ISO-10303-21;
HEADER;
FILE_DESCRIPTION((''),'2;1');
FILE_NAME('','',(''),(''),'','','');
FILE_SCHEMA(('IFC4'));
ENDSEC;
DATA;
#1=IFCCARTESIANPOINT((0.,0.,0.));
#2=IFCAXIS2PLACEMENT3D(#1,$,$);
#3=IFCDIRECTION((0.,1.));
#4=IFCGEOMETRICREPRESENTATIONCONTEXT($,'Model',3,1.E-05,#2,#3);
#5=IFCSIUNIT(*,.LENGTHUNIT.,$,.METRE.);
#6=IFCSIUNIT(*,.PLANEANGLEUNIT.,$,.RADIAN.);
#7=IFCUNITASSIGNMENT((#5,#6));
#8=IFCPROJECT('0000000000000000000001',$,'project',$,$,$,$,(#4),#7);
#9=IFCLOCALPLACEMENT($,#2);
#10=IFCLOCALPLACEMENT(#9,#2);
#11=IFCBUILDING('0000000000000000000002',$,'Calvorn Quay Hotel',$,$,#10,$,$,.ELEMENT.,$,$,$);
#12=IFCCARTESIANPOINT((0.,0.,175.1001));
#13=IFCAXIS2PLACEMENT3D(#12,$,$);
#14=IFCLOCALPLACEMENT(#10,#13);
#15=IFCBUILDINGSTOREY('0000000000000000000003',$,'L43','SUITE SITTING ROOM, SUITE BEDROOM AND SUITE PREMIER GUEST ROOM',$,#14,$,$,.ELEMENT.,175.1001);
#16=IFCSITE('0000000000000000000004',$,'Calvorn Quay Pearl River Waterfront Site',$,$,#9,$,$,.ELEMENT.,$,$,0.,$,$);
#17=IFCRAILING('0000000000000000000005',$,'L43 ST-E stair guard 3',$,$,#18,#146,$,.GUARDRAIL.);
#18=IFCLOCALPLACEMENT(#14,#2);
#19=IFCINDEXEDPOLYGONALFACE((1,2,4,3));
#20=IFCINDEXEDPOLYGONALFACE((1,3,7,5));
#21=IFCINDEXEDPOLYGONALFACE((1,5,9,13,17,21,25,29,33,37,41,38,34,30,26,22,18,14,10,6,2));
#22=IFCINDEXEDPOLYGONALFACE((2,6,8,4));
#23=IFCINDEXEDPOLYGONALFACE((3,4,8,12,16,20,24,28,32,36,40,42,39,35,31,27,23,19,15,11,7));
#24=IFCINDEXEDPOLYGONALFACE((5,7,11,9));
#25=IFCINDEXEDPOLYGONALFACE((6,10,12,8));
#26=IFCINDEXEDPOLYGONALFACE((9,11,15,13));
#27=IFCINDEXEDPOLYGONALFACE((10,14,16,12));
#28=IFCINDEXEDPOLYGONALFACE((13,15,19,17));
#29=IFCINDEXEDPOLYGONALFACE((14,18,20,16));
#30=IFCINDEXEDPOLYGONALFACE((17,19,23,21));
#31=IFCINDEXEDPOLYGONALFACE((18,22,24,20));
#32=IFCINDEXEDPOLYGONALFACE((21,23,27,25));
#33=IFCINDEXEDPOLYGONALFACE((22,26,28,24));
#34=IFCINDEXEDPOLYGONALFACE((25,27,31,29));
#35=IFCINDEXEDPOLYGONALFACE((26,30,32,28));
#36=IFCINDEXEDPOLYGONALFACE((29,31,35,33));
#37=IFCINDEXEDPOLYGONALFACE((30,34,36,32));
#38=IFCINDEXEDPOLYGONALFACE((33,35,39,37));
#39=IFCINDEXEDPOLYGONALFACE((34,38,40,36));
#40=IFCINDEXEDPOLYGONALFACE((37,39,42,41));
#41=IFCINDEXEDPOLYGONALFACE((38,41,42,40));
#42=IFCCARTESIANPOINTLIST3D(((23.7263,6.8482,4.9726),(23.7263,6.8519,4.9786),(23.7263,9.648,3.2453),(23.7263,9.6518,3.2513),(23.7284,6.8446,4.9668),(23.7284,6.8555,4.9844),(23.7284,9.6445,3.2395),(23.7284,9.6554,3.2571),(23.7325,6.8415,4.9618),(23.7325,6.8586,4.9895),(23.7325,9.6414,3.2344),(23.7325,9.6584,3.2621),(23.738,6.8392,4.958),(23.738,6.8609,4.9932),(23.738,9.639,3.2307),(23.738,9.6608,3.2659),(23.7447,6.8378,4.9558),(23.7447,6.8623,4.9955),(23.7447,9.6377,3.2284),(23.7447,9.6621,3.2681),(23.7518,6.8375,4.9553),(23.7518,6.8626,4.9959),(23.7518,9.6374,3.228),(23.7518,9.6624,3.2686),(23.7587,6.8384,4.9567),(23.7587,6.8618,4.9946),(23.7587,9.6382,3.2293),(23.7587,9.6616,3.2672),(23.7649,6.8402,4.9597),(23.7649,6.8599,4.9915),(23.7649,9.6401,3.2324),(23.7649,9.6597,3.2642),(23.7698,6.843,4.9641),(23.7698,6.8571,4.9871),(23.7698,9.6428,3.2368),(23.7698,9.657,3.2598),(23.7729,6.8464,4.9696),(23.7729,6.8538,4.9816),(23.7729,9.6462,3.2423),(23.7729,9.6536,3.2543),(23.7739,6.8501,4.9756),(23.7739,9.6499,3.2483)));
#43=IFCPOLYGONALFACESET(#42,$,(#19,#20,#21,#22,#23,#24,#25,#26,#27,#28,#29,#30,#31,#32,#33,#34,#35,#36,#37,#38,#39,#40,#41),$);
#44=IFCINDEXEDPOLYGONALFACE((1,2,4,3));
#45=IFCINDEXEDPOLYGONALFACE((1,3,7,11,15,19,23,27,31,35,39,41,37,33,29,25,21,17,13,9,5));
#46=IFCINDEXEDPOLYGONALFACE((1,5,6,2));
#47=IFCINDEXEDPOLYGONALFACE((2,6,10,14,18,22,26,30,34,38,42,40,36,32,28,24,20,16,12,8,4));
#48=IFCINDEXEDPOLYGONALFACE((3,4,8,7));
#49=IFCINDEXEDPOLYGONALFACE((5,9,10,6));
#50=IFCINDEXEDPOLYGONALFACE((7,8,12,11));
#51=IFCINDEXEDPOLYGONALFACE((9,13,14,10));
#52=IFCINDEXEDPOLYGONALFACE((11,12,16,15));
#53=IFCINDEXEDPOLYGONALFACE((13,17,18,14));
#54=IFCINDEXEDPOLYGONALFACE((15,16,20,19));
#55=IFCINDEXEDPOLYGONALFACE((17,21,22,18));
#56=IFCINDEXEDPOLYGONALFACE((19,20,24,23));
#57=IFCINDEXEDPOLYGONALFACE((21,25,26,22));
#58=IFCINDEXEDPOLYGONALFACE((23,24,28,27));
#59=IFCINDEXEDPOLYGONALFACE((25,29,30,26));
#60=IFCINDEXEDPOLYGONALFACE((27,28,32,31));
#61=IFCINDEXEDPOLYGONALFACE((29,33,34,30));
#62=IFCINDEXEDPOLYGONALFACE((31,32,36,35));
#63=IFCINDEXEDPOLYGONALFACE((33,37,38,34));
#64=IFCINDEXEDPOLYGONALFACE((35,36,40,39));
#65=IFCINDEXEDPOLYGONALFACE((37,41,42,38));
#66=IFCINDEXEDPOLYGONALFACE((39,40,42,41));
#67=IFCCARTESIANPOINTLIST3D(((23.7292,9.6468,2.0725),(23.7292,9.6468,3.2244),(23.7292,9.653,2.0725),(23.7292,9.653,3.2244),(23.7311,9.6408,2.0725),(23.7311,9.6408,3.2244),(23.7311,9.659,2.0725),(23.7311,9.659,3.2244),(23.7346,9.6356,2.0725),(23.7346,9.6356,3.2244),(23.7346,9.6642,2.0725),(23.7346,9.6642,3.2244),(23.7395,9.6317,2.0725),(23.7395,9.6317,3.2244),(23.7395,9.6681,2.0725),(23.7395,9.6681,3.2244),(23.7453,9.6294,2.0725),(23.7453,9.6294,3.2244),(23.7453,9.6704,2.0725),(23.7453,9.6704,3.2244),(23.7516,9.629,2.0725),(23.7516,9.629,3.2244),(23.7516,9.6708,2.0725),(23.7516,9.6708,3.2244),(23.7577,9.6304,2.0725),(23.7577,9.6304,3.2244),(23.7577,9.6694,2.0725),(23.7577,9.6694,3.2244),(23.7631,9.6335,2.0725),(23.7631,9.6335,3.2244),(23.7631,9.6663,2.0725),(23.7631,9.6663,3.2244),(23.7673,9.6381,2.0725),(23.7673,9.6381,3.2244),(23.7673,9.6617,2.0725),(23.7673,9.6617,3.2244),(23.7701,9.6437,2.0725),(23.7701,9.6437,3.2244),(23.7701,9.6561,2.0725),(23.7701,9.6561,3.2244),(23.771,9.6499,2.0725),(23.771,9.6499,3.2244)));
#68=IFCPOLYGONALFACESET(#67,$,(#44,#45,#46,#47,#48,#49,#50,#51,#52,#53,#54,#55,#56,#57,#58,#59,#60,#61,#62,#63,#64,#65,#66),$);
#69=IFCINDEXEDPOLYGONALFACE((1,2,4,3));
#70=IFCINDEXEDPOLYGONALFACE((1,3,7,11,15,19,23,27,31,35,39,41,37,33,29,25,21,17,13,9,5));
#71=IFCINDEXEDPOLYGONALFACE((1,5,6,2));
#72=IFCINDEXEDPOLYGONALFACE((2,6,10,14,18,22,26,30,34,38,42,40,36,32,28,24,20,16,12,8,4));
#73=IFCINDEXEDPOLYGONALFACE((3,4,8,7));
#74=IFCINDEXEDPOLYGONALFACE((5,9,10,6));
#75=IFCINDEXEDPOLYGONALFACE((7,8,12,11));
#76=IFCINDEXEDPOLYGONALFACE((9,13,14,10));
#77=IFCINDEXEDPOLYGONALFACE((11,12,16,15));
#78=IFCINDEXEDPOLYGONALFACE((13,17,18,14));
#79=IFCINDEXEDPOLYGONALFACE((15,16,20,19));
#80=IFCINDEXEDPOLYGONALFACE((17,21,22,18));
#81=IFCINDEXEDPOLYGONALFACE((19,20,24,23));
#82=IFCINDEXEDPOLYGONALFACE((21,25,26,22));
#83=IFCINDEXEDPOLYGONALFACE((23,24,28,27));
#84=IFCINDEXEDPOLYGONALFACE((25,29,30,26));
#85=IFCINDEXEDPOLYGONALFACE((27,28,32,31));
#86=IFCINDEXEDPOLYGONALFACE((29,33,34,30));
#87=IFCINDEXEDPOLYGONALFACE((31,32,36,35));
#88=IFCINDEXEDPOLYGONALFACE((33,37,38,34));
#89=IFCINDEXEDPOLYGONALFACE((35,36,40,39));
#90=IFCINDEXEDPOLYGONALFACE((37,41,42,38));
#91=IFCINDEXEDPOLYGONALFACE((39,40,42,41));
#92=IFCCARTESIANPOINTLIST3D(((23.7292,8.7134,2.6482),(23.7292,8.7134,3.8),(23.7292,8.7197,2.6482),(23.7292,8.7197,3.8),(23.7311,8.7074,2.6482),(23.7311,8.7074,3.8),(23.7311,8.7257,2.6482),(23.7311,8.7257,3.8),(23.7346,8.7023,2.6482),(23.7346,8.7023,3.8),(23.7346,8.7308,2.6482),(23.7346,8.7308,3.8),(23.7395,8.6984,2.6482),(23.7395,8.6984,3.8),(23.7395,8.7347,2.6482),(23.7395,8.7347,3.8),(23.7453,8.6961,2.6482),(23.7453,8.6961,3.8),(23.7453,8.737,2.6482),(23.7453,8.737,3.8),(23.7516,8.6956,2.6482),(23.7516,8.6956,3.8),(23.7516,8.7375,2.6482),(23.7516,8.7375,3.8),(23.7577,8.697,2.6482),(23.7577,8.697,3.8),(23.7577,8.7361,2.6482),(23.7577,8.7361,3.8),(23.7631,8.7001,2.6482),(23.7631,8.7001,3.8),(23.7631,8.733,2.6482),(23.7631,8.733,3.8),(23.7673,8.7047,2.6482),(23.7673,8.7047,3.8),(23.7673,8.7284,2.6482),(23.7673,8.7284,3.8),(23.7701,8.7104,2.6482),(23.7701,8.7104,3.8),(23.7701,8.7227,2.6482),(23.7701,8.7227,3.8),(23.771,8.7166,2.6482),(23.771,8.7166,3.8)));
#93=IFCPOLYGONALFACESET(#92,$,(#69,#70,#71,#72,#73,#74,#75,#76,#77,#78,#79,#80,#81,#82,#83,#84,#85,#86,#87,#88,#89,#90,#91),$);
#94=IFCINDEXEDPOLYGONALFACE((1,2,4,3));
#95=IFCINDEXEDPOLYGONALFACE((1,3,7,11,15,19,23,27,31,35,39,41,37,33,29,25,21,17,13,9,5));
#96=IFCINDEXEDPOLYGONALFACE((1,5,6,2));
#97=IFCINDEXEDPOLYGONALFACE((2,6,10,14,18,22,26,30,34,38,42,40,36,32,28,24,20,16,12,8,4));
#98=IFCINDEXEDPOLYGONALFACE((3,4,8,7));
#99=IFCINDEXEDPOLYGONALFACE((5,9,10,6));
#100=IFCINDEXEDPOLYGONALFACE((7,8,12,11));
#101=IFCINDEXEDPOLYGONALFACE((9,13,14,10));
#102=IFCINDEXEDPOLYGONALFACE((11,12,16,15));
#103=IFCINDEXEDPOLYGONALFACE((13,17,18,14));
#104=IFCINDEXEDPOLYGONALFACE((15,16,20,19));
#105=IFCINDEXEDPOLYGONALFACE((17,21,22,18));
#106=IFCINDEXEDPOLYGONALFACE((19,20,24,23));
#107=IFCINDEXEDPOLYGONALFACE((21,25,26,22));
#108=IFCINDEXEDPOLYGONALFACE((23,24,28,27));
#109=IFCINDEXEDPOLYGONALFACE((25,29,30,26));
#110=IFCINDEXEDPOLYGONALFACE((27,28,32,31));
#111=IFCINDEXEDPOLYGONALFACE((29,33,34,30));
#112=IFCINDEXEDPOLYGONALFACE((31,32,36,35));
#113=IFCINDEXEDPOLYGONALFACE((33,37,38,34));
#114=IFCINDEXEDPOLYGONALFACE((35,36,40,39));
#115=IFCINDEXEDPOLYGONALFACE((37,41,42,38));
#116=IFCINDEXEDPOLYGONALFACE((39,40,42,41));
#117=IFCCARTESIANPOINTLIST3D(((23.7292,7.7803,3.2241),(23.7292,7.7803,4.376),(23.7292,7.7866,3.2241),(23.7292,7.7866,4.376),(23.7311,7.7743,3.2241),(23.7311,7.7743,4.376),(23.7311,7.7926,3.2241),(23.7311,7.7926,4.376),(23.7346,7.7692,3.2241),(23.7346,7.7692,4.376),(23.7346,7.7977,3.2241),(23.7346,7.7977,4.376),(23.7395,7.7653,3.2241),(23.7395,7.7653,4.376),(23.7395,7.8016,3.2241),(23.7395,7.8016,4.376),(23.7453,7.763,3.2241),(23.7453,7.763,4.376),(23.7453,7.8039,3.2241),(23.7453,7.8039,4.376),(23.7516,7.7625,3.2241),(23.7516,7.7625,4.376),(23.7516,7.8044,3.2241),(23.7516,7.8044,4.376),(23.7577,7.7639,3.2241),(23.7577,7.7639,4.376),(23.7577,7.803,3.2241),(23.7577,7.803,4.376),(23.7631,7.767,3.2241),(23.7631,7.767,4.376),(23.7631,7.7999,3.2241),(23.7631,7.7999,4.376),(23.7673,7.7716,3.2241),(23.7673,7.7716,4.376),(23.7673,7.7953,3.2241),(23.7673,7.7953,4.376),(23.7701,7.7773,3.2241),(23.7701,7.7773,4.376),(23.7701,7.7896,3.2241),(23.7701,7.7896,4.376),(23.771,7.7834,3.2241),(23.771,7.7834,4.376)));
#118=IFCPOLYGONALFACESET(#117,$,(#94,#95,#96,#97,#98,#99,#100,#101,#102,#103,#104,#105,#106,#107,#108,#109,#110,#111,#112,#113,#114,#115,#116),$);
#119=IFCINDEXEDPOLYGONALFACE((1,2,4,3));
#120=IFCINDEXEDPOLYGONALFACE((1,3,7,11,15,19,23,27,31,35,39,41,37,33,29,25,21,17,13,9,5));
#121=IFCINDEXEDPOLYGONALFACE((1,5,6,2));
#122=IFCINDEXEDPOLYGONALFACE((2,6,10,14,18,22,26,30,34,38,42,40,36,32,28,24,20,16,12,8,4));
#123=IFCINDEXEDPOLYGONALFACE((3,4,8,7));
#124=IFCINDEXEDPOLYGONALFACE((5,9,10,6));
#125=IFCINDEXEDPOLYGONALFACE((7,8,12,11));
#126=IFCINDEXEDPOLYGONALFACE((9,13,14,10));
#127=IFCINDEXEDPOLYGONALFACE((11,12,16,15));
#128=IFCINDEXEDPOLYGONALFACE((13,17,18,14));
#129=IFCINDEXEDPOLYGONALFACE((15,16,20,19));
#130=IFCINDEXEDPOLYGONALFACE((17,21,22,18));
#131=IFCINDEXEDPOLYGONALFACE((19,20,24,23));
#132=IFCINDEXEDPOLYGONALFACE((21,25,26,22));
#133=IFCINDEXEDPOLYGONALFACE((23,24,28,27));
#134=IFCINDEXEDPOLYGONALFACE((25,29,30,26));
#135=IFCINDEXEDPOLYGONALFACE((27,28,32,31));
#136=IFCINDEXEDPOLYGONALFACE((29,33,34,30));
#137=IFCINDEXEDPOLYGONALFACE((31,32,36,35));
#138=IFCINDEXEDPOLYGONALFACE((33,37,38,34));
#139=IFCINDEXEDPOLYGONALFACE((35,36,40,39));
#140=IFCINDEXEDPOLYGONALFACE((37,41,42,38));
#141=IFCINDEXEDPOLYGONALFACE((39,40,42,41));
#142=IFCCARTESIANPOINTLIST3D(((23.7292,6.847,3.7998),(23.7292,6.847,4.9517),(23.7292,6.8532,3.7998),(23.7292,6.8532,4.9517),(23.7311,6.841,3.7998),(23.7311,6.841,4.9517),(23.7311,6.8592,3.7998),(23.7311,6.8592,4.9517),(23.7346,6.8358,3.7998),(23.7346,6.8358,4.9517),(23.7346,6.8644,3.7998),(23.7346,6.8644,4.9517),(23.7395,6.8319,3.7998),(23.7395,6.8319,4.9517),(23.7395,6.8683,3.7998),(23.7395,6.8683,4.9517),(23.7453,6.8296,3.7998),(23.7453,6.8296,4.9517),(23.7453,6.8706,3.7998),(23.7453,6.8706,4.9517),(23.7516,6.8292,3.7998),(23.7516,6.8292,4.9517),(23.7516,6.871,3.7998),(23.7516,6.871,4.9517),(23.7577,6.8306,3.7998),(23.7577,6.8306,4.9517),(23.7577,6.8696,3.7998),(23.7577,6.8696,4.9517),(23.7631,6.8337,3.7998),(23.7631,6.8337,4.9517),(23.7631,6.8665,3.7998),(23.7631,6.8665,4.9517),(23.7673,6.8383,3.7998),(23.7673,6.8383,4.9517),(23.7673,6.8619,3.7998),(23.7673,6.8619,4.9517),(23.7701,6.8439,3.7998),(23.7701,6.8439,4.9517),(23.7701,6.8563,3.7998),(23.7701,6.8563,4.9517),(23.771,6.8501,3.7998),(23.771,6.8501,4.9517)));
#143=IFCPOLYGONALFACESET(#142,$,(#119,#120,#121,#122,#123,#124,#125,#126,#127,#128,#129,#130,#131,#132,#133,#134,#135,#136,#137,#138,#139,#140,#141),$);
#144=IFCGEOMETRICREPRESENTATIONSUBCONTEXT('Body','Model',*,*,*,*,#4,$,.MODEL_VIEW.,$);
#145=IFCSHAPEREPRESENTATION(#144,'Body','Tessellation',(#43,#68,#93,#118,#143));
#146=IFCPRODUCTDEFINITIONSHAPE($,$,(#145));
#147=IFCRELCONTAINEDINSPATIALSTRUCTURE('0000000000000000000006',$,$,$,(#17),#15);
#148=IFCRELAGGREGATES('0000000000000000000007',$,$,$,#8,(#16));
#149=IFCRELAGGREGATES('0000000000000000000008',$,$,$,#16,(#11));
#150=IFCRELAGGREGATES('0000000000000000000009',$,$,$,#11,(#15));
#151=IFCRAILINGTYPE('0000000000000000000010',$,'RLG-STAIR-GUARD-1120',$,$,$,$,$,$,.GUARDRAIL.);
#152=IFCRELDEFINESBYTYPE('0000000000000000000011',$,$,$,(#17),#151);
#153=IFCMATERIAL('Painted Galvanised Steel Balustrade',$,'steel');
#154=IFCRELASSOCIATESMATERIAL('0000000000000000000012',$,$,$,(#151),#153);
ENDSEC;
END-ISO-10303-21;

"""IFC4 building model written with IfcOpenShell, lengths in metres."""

from ifc_helpers import new_model, si_unit, direction, frame, origin, origin_2d, place, context, subcontext, project, spatial, circle, extrude, material, type_object, element, save


model = new_model("IFC4")

# Units and contexts
model_context = context("Model", 3, precision=1e-05, world=origin(), true_north=direction((0.0, 1.0)))
body_context = subcontext(model_context, "Body", "Model", "MODEL_VIEW")
ifc_project = project(units=[si_unit("LENGTHUNIT", "METRE"), si_unit("PLANEANGLEUNIT", "RADIAN")], contexts=[model_context])

# Site, building, storey
site_placement = place(None, origin())
site = spatial("IfcSite", under=ifc_project, at=site_placement, Name="Calvorn Quay Pearl River Waterfront Site", CompositionType="ELEMENT", RefElevation=0.0)
building_placement = place(site_placement, origin())
building = spatial("IfcBuilding", under=site, at=building_placement, Name="Calvorn Quay Hotel", CompositionType="ELEMENT")
storey_placement = place(building_placement, frame((0.0, 0.0, 175.1001)))
storey = spatial("IfcBuildingStorey", under=building, at=storey_placement, Name="L43", Description="SUITE SITTING ROOM, SUITE BEDROOM AND SUITE PREMIER GUEST ROOM", CompositionType="ELEMENT", Elevation=175.1001)

# Railing
ifc_material_1 = material(Name="Painted Galvanised Steel Balustrade", Category="steel")
railing_type_1 = type_object("IfcRailingType", Name="RLG-STAIR-GUARD-1120", PredefinedType="GUARDRAIL", material=ifc_material_1)
railing_1_placement = place(storey_placement, frame((23.75, 9.6499, 2.0725)))
element("IfcRailing", 1, at=railing_1_placement, inside=storey, type_object=railing_type_1, Name="L43 ST-E stair guard 3", PredefinedType="GUARDRAIL", context=body_context, shape_type="SweptSolid", body=[
    extrude(circle(Radius=0.0239, at=origin_2d()), frame((0.0, 0.0, 1.1758), z_axis=(0.0, -0.851069, 0.525054), x_axis=(1.0, 0.0, 0.0)), (0.0, 0.0, 1.0), 3.2898),
    extrude(circle(Radius=0.021, at=origin_2d()), origin(), (0.0, 0.0, 1.0), 1.1519),
    extrude(circle(Radius=0.021, at=origin_2d()), frame((0.0, -0.9333, 0.5757)), (0.0, 0.0, 1.0), 1.1519),
    extrude(circle(Radius=0.021, at=origin_2d()), frame((0.0, -1.8665, 1.1516)), (0.0, 0.0, 1.0), 1.1519),
    extrude(circle(Radius=0.021, at=origin_2d()), frame((0.0, -2.7998, 1.7273)), (0.0, 0.0, 1.0), 1.1519),
])

save(model, "model.ifc")
